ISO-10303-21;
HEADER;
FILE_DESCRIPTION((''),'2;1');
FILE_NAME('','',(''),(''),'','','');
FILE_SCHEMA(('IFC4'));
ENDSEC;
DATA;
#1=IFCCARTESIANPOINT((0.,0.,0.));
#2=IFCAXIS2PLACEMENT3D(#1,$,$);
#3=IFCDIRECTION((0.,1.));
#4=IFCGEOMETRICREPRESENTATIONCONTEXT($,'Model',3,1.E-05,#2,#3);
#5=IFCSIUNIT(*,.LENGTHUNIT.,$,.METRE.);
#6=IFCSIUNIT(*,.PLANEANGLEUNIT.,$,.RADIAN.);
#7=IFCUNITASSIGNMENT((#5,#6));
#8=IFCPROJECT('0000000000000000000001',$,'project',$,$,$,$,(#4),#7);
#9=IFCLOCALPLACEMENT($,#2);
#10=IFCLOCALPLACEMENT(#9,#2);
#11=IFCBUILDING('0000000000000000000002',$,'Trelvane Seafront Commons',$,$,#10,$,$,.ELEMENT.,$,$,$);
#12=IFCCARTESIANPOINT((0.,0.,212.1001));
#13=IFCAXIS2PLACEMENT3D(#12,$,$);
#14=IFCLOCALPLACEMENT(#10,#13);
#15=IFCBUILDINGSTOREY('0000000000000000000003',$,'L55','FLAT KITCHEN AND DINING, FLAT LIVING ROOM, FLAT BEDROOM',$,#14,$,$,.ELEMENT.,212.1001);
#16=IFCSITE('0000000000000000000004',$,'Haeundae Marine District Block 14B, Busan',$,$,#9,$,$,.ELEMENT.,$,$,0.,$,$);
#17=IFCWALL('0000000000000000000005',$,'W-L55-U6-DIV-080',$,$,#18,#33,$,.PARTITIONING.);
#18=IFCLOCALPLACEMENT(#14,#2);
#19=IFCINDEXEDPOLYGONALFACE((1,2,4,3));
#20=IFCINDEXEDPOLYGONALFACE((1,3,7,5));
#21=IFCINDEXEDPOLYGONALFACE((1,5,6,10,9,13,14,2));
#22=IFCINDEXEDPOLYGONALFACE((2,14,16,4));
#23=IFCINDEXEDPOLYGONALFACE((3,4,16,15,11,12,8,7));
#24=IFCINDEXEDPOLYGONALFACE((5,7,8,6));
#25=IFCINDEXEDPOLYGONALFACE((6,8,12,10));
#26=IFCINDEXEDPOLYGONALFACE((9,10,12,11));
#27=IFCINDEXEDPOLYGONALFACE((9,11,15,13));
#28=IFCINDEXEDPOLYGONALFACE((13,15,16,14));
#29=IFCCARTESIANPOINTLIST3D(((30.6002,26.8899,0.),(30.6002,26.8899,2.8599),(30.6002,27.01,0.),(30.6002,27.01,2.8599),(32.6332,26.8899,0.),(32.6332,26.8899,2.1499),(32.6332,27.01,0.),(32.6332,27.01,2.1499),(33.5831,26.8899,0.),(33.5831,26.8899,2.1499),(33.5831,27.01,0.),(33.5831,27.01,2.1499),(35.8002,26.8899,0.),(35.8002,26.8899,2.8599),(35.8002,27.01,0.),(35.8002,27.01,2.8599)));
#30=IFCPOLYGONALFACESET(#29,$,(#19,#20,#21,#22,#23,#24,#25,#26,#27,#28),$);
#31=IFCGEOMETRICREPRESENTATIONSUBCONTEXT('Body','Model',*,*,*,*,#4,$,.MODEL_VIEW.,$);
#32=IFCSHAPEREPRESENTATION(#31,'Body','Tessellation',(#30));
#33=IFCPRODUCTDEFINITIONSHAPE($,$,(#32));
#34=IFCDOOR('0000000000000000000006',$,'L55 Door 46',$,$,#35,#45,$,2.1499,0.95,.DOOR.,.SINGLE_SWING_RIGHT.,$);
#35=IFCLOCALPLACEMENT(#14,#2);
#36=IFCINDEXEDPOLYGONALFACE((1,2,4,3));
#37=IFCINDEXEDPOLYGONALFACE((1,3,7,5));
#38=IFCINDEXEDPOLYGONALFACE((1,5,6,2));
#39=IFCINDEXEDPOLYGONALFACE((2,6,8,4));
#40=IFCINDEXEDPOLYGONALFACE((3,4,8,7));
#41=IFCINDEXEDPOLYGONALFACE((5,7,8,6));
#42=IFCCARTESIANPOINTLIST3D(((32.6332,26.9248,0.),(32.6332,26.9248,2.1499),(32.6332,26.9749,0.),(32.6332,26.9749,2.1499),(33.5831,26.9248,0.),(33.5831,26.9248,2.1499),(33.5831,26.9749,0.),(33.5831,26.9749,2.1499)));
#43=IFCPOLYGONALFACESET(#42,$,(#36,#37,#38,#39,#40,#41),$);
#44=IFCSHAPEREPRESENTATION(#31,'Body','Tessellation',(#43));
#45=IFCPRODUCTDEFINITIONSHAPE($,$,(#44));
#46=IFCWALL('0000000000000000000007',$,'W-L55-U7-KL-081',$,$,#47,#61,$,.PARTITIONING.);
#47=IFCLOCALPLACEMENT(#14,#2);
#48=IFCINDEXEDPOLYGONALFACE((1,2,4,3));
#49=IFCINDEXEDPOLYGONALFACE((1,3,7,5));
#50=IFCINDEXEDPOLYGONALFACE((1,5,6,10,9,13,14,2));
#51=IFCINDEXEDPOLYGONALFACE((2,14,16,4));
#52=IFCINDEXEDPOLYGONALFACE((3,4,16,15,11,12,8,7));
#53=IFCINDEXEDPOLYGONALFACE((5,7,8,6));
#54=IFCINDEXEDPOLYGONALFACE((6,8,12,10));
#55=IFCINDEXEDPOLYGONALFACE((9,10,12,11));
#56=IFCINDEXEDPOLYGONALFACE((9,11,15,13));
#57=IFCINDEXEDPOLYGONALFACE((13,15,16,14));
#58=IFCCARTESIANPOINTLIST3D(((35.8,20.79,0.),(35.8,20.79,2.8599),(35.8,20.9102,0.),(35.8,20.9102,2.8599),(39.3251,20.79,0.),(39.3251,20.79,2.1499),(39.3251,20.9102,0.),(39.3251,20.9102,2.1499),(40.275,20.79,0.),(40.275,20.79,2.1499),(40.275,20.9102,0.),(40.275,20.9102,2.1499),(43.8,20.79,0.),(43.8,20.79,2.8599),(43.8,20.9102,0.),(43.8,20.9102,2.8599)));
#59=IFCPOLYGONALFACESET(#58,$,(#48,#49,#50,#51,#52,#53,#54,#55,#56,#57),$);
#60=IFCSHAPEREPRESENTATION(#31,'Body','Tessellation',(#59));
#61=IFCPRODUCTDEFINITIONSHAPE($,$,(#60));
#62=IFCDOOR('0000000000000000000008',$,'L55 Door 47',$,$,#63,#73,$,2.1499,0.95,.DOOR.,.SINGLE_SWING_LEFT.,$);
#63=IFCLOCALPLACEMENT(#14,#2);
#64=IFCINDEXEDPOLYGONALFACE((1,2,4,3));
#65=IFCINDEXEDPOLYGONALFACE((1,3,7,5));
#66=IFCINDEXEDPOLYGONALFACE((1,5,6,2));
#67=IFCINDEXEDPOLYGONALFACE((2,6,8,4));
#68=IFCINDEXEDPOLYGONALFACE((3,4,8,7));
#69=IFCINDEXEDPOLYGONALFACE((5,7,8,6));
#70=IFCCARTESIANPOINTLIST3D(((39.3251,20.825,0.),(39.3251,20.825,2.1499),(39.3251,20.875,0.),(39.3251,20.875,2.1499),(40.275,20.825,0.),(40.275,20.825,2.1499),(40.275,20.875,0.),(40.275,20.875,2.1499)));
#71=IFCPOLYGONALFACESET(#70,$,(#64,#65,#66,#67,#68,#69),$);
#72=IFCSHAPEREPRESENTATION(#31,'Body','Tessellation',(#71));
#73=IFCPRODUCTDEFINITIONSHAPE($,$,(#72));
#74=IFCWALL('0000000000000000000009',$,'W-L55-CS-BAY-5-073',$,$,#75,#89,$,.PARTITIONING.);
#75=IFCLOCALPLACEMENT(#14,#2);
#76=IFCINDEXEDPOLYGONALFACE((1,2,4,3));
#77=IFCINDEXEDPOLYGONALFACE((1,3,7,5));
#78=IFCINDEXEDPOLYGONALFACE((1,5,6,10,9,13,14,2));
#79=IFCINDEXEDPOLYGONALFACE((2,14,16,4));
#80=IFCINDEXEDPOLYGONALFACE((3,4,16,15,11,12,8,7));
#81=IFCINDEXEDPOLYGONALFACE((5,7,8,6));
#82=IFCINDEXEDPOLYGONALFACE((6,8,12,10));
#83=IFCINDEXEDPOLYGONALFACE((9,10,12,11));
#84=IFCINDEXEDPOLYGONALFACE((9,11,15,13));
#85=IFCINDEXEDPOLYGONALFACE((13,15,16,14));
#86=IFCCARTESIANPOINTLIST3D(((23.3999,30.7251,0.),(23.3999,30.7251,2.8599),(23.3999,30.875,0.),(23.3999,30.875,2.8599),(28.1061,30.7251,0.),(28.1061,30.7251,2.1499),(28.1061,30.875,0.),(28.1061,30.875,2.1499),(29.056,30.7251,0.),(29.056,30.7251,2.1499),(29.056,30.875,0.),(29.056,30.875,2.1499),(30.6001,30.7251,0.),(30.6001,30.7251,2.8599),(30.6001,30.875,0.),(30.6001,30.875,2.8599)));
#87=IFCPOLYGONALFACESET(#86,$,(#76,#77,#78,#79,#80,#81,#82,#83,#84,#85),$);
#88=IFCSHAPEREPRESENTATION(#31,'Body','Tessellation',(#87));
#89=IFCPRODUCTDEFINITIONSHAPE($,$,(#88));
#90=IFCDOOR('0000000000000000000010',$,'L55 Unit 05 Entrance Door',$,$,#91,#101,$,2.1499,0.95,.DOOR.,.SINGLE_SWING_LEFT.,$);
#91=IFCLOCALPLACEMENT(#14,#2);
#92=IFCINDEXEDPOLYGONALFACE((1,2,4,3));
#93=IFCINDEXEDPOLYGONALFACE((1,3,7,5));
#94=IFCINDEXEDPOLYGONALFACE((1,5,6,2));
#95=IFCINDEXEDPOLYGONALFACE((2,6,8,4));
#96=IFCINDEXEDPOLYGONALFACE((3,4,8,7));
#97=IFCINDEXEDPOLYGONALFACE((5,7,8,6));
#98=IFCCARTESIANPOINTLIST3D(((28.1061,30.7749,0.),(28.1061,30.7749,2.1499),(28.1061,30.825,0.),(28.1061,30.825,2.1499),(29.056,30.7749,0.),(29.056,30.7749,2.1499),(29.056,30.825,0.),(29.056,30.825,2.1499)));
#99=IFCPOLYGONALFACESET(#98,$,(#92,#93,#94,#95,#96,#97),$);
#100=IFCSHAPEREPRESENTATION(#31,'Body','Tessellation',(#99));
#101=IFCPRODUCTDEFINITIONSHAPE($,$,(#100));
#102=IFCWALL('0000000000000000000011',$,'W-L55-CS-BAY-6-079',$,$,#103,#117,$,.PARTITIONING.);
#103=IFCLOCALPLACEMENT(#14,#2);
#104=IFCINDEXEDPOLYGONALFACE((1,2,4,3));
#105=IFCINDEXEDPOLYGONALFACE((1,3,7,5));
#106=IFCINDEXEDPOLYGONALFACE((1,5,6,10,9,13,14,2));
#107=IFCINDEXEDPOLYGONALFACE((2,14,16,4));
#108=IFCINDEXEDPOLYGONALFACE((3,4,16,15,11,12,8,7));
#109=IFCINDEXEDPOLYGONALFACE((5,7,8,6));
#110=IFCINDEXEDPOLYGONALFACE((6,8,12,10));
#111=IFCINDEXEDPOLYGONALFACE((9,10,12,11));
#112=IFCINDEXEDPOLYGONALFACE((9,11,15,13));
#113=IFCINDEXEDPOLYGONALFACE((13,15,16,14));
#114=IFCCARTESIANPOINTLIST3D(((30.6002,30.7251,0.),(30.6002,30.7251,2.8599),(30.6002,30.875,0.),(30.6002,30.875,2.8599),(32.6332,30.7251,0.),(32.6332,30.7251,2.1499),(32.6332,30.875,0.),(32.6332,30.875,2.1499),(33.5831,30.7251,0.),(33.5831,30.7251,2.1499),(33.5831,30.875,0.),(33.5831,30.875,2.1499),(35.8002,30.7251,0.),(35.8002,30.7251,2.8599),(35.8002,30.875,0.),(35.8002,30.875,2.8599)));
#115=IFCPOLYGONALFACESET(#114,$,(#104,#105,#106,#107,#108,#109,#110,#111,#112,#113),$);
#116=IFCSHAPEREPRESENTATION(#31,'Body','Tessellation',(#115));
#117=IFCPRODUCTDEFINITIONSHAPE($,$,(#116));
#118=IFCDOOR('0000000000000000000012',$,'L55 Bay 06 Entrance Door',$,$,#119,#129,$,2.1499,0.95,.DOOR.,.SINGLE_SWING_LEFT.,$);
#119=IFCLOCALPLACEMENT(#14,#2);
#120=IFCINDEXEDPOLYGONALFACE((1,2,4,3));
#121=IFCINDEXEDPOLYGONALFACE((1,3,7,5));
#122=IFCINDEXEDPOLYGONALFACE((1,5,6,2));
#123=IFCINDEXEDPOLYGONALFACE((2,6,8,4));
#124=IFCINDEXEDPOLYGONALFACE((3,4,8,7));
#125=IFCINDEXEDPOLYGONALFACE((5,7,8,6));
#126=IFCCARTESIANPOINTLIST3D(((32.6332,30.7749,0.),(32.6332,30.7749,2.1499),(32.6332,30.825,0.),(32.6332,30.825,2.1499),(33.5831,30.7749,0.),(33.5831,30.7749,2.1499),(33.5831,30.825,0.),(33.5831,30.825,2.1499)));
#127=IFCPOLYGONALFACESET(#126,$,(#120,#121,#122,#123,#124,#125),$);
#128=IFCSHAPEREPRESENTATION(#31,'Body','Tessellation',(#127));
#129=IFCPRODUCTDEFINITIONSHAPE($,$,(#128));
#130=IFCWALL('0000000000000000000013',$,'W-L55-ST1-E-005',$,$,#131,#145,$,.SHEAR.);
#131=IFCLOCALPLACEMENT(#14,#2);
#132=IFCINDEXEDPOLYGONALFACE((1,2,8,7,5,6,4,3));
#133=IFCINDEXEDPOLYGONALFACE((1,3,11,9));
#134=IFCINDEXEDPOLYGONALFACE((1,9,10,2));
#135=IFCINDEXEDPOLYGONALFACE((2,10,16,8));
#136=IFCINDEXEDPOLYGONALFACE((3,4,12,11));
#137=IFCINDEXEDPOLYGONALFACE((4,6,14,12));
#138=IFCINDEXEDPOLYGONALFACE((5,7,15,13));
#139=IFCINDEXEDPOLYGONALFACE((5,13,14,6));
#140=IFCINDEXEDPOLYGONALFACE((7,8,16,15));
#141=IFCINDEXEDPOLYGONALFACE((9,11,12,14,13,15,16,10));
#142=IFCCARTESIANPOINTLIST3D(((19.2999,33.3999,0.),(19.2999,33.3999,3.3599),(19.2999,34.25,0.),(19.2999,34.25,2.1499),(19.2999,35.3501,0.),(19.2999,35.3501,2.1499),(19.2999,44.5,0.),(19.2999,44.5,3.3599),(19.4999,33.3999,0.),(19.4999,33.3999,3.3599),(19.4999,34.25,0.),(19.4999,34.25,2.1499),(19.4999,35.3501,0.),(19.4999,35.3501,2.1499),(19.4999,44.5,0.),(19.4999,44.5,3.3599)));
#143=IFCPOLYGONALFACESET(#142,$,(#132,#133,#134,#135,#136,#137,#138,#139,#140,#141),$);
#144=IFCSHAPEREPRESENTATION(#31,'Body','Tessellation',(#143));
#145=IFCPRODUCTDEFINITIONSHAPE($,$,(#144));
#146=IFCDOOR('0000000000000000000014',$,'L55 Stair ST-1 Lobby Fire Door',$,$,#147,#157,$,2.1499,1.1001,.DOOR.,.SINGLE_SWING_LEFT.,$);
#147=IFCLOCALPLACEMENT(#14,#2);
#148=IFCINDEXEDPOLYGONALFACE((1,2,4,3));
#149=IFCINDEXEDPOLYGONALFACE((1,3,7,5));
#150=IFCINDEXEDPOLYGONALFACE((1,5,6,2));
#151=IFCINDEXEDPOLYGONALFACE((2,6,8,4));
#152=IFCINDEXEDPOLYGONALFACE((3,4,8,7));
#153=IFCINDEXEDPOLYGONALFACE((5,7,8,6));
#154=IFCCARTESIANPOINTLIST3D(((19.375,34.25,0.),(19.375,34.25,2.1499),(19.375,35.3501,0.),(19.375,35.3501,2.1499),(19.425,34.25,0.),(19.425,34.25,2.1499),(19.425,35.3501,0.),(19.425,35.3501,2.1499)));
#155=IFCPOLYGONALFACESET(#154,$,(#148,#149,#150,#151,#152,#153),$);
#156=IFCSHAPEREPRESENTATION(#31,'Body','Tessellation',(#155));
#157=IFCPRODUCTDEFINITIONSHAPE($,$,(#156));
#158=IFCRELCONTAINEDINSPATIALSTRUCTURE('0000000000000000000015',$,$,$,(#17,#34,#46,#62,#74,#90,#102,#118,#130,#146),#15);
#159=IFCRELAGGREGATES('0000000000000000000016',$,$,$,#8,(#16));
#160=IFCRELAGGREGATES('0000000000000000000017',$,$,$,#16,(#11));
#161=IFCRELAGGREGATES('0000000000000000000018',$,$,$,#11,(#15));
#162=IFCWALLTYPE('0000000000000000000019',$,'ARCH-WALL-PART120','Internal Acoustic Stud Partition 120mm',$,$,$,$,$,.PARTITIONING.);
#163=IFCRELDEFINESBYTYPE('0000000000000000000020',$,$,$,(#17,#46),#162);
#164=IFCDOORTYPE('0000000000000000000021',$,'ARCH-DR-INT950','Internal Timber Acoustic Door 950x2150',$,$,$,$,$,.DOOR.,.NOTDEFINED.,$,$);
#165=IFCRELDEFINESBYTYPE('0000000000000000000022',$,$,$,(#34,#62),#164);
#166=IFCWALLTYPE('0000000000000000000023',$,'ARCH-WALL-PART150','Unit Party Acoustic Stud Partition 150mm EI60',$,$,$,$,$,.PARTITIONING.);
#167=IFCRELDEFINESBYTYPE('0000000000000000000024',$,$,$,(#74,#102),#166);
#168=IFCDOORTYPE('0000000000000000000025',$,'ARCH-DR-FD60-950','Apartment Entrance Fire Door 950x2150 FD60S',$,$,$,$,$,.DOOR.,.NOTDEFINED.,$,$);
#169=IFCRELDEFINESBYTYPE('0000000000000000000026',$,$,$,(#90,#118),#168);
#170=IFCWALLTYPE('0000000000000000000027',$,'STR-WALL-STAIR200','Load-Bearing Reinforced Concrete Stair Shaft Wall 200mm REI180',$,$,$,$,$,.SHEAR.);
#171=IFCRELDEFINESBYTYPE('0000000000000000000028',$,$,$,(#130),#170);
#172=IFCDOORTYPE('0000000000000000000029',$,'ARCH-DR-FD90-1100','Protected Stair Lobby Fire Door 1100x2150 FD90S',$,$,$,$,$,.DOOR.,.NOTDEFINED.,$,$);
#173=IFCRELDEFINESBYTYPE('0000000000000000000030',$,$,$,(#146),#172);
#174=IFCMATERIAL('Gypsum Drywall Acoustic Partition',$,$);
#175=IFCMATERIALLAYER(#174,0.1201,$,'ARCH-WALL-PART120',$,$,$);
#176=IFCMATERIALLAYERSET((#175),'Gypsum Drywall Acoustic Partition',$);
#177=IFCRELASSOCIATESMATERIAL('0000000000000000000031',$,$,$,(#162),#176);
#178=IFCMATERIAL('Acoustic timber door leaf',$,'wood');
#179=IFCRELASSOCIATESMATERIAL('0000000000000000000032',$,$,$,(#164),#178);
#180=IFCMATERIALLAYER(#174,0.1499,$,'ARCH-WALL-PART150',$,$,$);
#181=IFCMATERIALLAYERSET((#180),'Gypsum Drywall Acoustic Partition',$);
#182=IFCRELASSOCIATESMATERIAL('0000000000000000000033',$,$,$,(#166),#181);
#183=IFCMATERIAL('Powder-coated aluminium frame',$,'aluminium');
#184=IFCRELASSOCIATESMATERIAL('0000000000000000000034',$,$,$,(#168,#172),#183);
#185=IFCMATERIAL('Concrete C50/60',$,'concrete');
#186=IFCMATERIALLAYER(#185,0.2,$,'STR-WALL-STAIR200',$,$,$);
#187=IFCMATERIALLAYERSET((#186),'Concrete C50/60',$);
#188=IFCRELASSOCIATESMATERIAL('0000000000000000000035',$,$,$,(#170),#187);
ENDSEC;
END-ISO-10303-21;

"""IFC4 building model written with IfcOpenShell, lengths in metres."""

from ifc_helpers import new_model, si_unit, direction, frame, frame_2d, origin, place, context, subcontext, project, spatial, rectangle, extrude, source, transform, mapped, material, layer, layer_set, type_object, element, fill, save


model = new_model("IFC4")

# Units and contexts
model_context = context("Model", 3, precision=1e-05, world=origin(), true_north=direction((0.0, 1.0)))
body_context = subcontext(model_context, "Body", "Model", "MODEL_VIEW")
ifc_project = project(units=[si_unit("LENGTHUNIT", "METRE"), si_unit("PLANEANGLEUNIT", "RADIAN")], contexts=[model_context])

# Site, building, storey
site_placement = place(None, origin())
site = spatial("IfcSite", under=ifc_project, at=site_placement, Name="Haeundae Marine District Block 14B, Busan", CompositionType="ELEMENT", RefElevation=0.0)
building_placement = place(site_placement, origin())
building = spatial("IfcBuilding", under=site, at=building_placement, Name="Trelvane Seafront Commons", CompositionType="ELEMENT")
storey_placement = place(building_placement, frame((0.0, 0.0, 212.1001)))
storey = spatial("IfcBuildingStorey", under=building, at=storey_placement, Name="L55", Description="FLAT KITCHEN AND DINING, FLAT LIVING ROOM, FLAT BEDROOM", CompositionType="ELEMENT", Elevation=212.1001)

# Shared definitions
ifc_material_1 = material(Name="Concrete C50/60", Category="concrete")

# Shared definitions
ifc_material_2 = material(Name="Powder-coated aluminium frame", Category="aluminium")
ifc_material_3 = material(Name="Gypsum Drywall Acoustic Partition")
ifc_layer_1 = layer(ifc_material_3, 0.1201, Name="ARCH-WALL-PART120")
ifc_layer_set_1 = layer_set([ifc_layer_1], Name="Gypsum Drywall Acoustic Partition")
wall_type_1 = type_object("IfcWallType", Name="ARCH-WALL-PART120", Description="Internal Acoustic Stud Partition 120mm", PredefinedType="PARTITIONING", material=ifc_layer_set_1)
ifc_material_4 = material(Name="Acoustic timber door leaf", Category="wood")

# Walls, openings, doors
wall_1_placement = place(storey_placement, frame((30.6001, 26.95, 0.0), z_axis=(0.0, 0.0, 1.0), x_axis=(1.0, 0.0, 0.0)))
wall_1 = element("IfcWall", 1, at=wall_1_placement, inside=storey, type_object=wall_type_1, Name="W-L55-U6-DIV-080", PredefinedType="PARTITIONING", context=body_context, shape_type="SweptSolid", body=[
    extrude(rectangle(XDim=5.2, YDim=0.1201, at=frame_2d((2.6001, 0.0))), origin(), (0.0, 0.0, 1.0), 2.8599),
])
opening_1_placement = place(wall_1_placement, frame((2.033, 0.0, 0.0)))
opening_1 = element("IfcOpeningElement", 2, at=opening_1_placement, cuts=wall_1, PredefinedType="OPENING", context=body_context, shape_type="SweptSolid", body=[
    extrude(rectangle(XDim=0.95, YDim=2.1499, at=frame_2d((0.4751, 1.075))), frame((0.0, 0.0701, 0.0), z_axis=(0.0, -1.0, 0.0), x_axis=(1.0, 0.0, 0.0)), (0.0, 0.0, 1.0), 0.1401),
])
door_type_1 = type_object("IfcDoorType", Name="ARCH-DR-INT950", Description="Internal Timber Acoustic Door 950x2150", OperationType="NOTDEFINED", PredefinedType="DOOR", material=ifc_material_4)
shared_shape_1 = source(origin(), body_context, "Body", "SweptSolid", [
    extrude(rectangle(XDim=0.95, YDim=2.1499, at=frame_2d((0.4751, 1.075))), frame((0.0, 0.0249, 0.0), z_axis=(0.0, -1.0, 0.0), x_axis=(1.0, 0.0, 0.0)), (0.0, 0.0, 1.0), 0.05),
])
door_1_placement = place(opening_1_placement, origin())
door_1 = element("IfcDoor", 3, at=door_1_placement, inside=storey, type_object=door_type_1, Name="L55 Door 46", OperationType="SINGLE_SWING_RIGHT", OverallHeight=2.1499, OverallWidth=0.95, PredefinedType="DOOR", context=body_context, shape_type="MappedRepresentation", body=[
    mapped(shared_shape_1, transform((0.0, 0.0, 0.0), x_axis=(1.0, 0.0, 0.0), y_axis=(0.0, 1.0, 0.0), z_axis=(0.0, 0.0, 1.0), scale=1.0)),
])
fill(opening_1, door_1)
wall_2_placement = place(storey_placement, frame((35.8, 20.8501, 0.0), z_axis=(0.0, 0.0, 1.0), x_axis=(1.0, 0.0, 0.0)))
wall_2 = element("IfcWall", 4, at=wall_2_placement, inside=storey, type_object=wall_type_1, Name="W-L55-U7-KL-081", PredefinedType="PARTITIONING", context=body_context, shape_type="SweptSolid", body=[
    extrude(rectangle(XDim=8.0, YDim=0.1201, at=frame_2d((4.0, 0.0))), origin(), (0.0, 0.0, 1.0), 2.8599),
])
opening_2_placement = place(wall_2_placement, frame((3.5249, 0.0, 0.0)))
opening_2 = element("IfcOpeningElement", 5, at=opening_2_placement, cuts=wall_2, PredefinedType="OPENING", context=body_context, shape_type="SweptSolid", body=[
    extrude(rectangle(XDim=0.95, YDim=2.1499, at=frame_2d((0.4751, 1.075))), frame((0.0, 0.0701, 0.0), z_axis=(0.0, -1.0, 0.0), x_axis=(1.0, 0.0, 0.0)), (0.0, 0.0, 1.0), 0.1401),
])
door_2_placement = place(opening_2_placement, origin())
door_2 = element("IfcDoor", 6, at=door_2_placement, inside=storey, type_object=door_type_1, Name="L55 Door 47", OperationType="SINGLE_SWING_LEFT", OverallHeight=2.1499, OverallWidth=0.95, PredefinedType="DOOR", context=body_context, shape_type="MappedRepresentation", body=[
    mapped(shared_shape_1, transform((0.0, 0.0, 0.0), x_axis=(1.0, 0.0, 0.0), y_axis=(0.0, 1.0, 0.0), z_axis=(0.0, 0.0, 1.0), scale=1.0)),
])
fill(opening_2, door_2)
ifc_layer_2 = layer(ifc_material_3, 0.1499, Name="ARCH-WALL-PART150")
ifc_layer_set_2 = layer_set([ifc_layer_2], Name="Gypsum Drywall Acoustic Partition")
wall_type_2 = type_object("IfcWallType", Name="ARCH-WALL-PART150", Description="Unit Party Acoustic Stud Partition 150mm EI60", PredefinedType="PARTITIONING", material=ifc_layer_set_2)
door_type_2 = type_object("IfcDoorType", Name="ARCH-DR-FD60-950", Description="Apartment Entrance Fire Door 950x2150 FD60S", OperationType="NOTDEFINED", PredefinedType="DOOR", material=ifc_material_2)
wall_3_placement = place(storey_placement, frame((23.3999, 30.8, 0.0), z_axis=(0.0, 0.0, 1.0), x_axis=(1.0, 0.0, 0.0)))
wall_3 = element("IfcWall", 7, at=wall_3_placement, inside=storey, type_object=wall_type_2, Name="W-L55-CS-BAY-5-073", PredefinedType="PARTITIONING", context=body_context, shape_type="SweptSolid", body=[
    extrude(rectangle(XDim=7.2002, YDim=0.1499, at=frame_2d((3.6001, 0.0))), origin(), (0.0, 0.0, 1.0), 2.8599),
])
opening_3_placement = place(wall_3_placement, frame((4.7061, 0.0, 0.0)))
opening_3 = element("IfcOpeningElement", 8, at=opening_3_placement, cuts=wall_3, PredefinedType="OPENING", context=body_context, shape_type="SweptSolid", body=[
    extrude(rectangle(XDim=0.95, YDim=2.1499, at=frame_2d((0.4751, 1.075))), frame((0.0, 0.085, 0.0), z_axis=(0.0, -1.0, 0.0), x_axis=(1.0, 0.0, 0.0)), (0.0, 0.0, 1.0), 0.1699),
])
door_3_placement = place(opening_3_placement, origin())
door_3 = element("IfcDoor", 9, at=door_3_placement, inside=storey, type_object=door_type_2, Name="L55 Unit 05 Entrance Door", OperationType="SINGLE_SWING_LEFT", OverallHeight=2.1499, OverallWidth=0.95, PredefinedType="DOOR", context=body_context, shape_type="MappedRepresentation", body=[
    mapped(shared_shape_1, transform((0.0, 0.0, 0.0), x_axis=(1.0, 0.0, 0.0), y_axis=(0.0, 1.0, 0.0), z_axis=(0.0, 0.0, 1.0), scale=1.0)),
])
fill(opening_3, door_3)
wall_4_placement = place(storey_placement, frame((30.6001, 30.8, 0.0), z_axis=(0.0, 0.0, 1.0), x_axis=(1.0, 0.0, 0.0)))
wall_4 = element("IfcWall", 10, at=wall_4_placement, inside=storey, type_object=wall_type_2, Name="W-L55-CS-BAY-6-079", PredefinedType="PARTITIONING", context=body_context, shape_type="SweptSolid", body=[
    extrude(rectangle(XDim=5.2, YDim=0.1499, at=frame_2d((2.6001, 0.0))), origin(), (0.0, 0.0, 1.0), 2.8599),
])
opening_4_placement = place(wall_4_placement, frame((2.033, 0.0, 0.0)))
opening_4 = element("IfcOpeningElement", 11, at=opening_4_placement, cuts=wall_4, PredefinedType="OPENING", context=body_context, shape_type="SweptSolid", body=[
    extrude(rectangle(XDim=0.95, YDim=2.1499, at=frame_2d((0.4751, 1.075))), frame((0.0, 0.085, 0.0), z_axis=(0.0, -1.0, 0.0), x_axis=(1.0, 0.0, 0.0)), (0.0, 0.0, 1.0), 0.1699),
])
door_4_placement = place(opening_4_placement, origin())
door_4 = element("IfcDoor", 12, at=door_4_placement, inside=storey, type_object=door_type_2, Name="L55 Bay 06 Entrance Door", OperationType="SINGLE_SWING_LEFT", OverallHeight=2.1499, OverallWidth=0.95, PredefinedType="DOOR", context=body_context, shape_type="MappedRepresentation", body=[
    mapped(shared_shape_1, transform((0.0, 0.0, 0.0), x_axis=(1.0, 0.0, 0.0), y_axis=(0.0, 1.0, 0.0), z_axis=(0.0, 0.0, 1.0), scale=1.0)),
])
fill(opening_4, door_4)
ifc_layer_3 = layer(ifc_material_1, 0.2, Name="STR-WALL-STAIR200")
ifc_layer_set_3 = layer_set([ifc_layer_3], Name="Concrete C50/60")
wall_type_3 = type_object("IfcWallType", Name="STR-WALL-STAIR200", Description="Load-Bearing Reinforced Concrete Stair Shaft Wall 200mm REI180", PredefinedType="SHEAR", material=ifc_layer_set_3)
wall_5_placement = place(storey_placement, frame((19.3999, 33.3999, 0.0), z_axis=(0.0, 0.0, 1.0), x_axis=(0.0, 1.0, 0.0)))
wall_5 = element("IfcWall", 13, at=wall_5_placement, inside=storey, type_object=wall_type_3, Name="W-L55-ST1-E-005", PredefinedType="SHEAR", context=body_context, shape_type="SweptSolid", body=[
    extrude(rectangle(XDim=11.1001, YDim=0.2, at=frame_2d((5.55, 0.0))), origin(), (0.0, 0.0, 1.0), 3.3599),
])
opening_5_placement = place(wall_5_placement, frame((0.8501, 0.0, 0.0)))
opening_5 = element("IfcOpeningElement", 14, at=opening_5_placement, cuts=wall_5, PredefinedType="OPENING", context=body_context, shape_type="SweptSolid", body=[
    extrude(rectangle(XDim=1.1001, YDim=2.1499, at=frame_2d((0.55, 1.075))), frame((0.0, 0.1099, 0.0), z_axis=(0.0, -1.0, 0.0), x_axis=(1.0, 0.0, 0.0)), (0.0, 0.0, 1.0), 0.22),
])
door_type_3 = type_object("IfcDoorType", Name="ARCH-DR-FD90-1100", Description="Protected Stair Lobby Fire Door 1100x2150 FD90S", OperationType="NOTDEFINED", PredefinedType="DOOR", material=ifc_material_2)
shared_shape_2 = source(origin(), body_context, "Body", "SweptSolid", [
    extrude(rectangle(XDim=1.1001, YDim=2.1499, at=frame_2d((0.55, 1.075))), frame((0.0, 0.0249, 0.0), z_axis=(0.0, -1.0, 0.0), x_axis=(1.0, 0.0, 0.0)), (0.0, 0.0, 1.0), 0.05),
])
door_5_placement = place(opening_5_placement, origin())
door_5 = element("IfcDoor", 15, at=door_5_placement, inside=storey, type_object=door_type_3, Name="L55 Stair ST-1 Lobby Fire Door", OperationType="SINGLE_SWING_LEFT", OverallHeight=2.1499, OverallWidth=1.1001, PredefinedType="DOOR", context=body_context, shape_type="MappedRepresentation", body=[
    mapped(shared_shape_2, transform((0.0, 0.0, 0.0), x_axis=(1.0, 0.0, 0.0), y_axis=(0.0, 1.0, 0.0), z_axis=(0.0, 0.0, 1.0), scale=1.0)),
])
fill(opening_5, door_5)

save(model, "model.ifc")
